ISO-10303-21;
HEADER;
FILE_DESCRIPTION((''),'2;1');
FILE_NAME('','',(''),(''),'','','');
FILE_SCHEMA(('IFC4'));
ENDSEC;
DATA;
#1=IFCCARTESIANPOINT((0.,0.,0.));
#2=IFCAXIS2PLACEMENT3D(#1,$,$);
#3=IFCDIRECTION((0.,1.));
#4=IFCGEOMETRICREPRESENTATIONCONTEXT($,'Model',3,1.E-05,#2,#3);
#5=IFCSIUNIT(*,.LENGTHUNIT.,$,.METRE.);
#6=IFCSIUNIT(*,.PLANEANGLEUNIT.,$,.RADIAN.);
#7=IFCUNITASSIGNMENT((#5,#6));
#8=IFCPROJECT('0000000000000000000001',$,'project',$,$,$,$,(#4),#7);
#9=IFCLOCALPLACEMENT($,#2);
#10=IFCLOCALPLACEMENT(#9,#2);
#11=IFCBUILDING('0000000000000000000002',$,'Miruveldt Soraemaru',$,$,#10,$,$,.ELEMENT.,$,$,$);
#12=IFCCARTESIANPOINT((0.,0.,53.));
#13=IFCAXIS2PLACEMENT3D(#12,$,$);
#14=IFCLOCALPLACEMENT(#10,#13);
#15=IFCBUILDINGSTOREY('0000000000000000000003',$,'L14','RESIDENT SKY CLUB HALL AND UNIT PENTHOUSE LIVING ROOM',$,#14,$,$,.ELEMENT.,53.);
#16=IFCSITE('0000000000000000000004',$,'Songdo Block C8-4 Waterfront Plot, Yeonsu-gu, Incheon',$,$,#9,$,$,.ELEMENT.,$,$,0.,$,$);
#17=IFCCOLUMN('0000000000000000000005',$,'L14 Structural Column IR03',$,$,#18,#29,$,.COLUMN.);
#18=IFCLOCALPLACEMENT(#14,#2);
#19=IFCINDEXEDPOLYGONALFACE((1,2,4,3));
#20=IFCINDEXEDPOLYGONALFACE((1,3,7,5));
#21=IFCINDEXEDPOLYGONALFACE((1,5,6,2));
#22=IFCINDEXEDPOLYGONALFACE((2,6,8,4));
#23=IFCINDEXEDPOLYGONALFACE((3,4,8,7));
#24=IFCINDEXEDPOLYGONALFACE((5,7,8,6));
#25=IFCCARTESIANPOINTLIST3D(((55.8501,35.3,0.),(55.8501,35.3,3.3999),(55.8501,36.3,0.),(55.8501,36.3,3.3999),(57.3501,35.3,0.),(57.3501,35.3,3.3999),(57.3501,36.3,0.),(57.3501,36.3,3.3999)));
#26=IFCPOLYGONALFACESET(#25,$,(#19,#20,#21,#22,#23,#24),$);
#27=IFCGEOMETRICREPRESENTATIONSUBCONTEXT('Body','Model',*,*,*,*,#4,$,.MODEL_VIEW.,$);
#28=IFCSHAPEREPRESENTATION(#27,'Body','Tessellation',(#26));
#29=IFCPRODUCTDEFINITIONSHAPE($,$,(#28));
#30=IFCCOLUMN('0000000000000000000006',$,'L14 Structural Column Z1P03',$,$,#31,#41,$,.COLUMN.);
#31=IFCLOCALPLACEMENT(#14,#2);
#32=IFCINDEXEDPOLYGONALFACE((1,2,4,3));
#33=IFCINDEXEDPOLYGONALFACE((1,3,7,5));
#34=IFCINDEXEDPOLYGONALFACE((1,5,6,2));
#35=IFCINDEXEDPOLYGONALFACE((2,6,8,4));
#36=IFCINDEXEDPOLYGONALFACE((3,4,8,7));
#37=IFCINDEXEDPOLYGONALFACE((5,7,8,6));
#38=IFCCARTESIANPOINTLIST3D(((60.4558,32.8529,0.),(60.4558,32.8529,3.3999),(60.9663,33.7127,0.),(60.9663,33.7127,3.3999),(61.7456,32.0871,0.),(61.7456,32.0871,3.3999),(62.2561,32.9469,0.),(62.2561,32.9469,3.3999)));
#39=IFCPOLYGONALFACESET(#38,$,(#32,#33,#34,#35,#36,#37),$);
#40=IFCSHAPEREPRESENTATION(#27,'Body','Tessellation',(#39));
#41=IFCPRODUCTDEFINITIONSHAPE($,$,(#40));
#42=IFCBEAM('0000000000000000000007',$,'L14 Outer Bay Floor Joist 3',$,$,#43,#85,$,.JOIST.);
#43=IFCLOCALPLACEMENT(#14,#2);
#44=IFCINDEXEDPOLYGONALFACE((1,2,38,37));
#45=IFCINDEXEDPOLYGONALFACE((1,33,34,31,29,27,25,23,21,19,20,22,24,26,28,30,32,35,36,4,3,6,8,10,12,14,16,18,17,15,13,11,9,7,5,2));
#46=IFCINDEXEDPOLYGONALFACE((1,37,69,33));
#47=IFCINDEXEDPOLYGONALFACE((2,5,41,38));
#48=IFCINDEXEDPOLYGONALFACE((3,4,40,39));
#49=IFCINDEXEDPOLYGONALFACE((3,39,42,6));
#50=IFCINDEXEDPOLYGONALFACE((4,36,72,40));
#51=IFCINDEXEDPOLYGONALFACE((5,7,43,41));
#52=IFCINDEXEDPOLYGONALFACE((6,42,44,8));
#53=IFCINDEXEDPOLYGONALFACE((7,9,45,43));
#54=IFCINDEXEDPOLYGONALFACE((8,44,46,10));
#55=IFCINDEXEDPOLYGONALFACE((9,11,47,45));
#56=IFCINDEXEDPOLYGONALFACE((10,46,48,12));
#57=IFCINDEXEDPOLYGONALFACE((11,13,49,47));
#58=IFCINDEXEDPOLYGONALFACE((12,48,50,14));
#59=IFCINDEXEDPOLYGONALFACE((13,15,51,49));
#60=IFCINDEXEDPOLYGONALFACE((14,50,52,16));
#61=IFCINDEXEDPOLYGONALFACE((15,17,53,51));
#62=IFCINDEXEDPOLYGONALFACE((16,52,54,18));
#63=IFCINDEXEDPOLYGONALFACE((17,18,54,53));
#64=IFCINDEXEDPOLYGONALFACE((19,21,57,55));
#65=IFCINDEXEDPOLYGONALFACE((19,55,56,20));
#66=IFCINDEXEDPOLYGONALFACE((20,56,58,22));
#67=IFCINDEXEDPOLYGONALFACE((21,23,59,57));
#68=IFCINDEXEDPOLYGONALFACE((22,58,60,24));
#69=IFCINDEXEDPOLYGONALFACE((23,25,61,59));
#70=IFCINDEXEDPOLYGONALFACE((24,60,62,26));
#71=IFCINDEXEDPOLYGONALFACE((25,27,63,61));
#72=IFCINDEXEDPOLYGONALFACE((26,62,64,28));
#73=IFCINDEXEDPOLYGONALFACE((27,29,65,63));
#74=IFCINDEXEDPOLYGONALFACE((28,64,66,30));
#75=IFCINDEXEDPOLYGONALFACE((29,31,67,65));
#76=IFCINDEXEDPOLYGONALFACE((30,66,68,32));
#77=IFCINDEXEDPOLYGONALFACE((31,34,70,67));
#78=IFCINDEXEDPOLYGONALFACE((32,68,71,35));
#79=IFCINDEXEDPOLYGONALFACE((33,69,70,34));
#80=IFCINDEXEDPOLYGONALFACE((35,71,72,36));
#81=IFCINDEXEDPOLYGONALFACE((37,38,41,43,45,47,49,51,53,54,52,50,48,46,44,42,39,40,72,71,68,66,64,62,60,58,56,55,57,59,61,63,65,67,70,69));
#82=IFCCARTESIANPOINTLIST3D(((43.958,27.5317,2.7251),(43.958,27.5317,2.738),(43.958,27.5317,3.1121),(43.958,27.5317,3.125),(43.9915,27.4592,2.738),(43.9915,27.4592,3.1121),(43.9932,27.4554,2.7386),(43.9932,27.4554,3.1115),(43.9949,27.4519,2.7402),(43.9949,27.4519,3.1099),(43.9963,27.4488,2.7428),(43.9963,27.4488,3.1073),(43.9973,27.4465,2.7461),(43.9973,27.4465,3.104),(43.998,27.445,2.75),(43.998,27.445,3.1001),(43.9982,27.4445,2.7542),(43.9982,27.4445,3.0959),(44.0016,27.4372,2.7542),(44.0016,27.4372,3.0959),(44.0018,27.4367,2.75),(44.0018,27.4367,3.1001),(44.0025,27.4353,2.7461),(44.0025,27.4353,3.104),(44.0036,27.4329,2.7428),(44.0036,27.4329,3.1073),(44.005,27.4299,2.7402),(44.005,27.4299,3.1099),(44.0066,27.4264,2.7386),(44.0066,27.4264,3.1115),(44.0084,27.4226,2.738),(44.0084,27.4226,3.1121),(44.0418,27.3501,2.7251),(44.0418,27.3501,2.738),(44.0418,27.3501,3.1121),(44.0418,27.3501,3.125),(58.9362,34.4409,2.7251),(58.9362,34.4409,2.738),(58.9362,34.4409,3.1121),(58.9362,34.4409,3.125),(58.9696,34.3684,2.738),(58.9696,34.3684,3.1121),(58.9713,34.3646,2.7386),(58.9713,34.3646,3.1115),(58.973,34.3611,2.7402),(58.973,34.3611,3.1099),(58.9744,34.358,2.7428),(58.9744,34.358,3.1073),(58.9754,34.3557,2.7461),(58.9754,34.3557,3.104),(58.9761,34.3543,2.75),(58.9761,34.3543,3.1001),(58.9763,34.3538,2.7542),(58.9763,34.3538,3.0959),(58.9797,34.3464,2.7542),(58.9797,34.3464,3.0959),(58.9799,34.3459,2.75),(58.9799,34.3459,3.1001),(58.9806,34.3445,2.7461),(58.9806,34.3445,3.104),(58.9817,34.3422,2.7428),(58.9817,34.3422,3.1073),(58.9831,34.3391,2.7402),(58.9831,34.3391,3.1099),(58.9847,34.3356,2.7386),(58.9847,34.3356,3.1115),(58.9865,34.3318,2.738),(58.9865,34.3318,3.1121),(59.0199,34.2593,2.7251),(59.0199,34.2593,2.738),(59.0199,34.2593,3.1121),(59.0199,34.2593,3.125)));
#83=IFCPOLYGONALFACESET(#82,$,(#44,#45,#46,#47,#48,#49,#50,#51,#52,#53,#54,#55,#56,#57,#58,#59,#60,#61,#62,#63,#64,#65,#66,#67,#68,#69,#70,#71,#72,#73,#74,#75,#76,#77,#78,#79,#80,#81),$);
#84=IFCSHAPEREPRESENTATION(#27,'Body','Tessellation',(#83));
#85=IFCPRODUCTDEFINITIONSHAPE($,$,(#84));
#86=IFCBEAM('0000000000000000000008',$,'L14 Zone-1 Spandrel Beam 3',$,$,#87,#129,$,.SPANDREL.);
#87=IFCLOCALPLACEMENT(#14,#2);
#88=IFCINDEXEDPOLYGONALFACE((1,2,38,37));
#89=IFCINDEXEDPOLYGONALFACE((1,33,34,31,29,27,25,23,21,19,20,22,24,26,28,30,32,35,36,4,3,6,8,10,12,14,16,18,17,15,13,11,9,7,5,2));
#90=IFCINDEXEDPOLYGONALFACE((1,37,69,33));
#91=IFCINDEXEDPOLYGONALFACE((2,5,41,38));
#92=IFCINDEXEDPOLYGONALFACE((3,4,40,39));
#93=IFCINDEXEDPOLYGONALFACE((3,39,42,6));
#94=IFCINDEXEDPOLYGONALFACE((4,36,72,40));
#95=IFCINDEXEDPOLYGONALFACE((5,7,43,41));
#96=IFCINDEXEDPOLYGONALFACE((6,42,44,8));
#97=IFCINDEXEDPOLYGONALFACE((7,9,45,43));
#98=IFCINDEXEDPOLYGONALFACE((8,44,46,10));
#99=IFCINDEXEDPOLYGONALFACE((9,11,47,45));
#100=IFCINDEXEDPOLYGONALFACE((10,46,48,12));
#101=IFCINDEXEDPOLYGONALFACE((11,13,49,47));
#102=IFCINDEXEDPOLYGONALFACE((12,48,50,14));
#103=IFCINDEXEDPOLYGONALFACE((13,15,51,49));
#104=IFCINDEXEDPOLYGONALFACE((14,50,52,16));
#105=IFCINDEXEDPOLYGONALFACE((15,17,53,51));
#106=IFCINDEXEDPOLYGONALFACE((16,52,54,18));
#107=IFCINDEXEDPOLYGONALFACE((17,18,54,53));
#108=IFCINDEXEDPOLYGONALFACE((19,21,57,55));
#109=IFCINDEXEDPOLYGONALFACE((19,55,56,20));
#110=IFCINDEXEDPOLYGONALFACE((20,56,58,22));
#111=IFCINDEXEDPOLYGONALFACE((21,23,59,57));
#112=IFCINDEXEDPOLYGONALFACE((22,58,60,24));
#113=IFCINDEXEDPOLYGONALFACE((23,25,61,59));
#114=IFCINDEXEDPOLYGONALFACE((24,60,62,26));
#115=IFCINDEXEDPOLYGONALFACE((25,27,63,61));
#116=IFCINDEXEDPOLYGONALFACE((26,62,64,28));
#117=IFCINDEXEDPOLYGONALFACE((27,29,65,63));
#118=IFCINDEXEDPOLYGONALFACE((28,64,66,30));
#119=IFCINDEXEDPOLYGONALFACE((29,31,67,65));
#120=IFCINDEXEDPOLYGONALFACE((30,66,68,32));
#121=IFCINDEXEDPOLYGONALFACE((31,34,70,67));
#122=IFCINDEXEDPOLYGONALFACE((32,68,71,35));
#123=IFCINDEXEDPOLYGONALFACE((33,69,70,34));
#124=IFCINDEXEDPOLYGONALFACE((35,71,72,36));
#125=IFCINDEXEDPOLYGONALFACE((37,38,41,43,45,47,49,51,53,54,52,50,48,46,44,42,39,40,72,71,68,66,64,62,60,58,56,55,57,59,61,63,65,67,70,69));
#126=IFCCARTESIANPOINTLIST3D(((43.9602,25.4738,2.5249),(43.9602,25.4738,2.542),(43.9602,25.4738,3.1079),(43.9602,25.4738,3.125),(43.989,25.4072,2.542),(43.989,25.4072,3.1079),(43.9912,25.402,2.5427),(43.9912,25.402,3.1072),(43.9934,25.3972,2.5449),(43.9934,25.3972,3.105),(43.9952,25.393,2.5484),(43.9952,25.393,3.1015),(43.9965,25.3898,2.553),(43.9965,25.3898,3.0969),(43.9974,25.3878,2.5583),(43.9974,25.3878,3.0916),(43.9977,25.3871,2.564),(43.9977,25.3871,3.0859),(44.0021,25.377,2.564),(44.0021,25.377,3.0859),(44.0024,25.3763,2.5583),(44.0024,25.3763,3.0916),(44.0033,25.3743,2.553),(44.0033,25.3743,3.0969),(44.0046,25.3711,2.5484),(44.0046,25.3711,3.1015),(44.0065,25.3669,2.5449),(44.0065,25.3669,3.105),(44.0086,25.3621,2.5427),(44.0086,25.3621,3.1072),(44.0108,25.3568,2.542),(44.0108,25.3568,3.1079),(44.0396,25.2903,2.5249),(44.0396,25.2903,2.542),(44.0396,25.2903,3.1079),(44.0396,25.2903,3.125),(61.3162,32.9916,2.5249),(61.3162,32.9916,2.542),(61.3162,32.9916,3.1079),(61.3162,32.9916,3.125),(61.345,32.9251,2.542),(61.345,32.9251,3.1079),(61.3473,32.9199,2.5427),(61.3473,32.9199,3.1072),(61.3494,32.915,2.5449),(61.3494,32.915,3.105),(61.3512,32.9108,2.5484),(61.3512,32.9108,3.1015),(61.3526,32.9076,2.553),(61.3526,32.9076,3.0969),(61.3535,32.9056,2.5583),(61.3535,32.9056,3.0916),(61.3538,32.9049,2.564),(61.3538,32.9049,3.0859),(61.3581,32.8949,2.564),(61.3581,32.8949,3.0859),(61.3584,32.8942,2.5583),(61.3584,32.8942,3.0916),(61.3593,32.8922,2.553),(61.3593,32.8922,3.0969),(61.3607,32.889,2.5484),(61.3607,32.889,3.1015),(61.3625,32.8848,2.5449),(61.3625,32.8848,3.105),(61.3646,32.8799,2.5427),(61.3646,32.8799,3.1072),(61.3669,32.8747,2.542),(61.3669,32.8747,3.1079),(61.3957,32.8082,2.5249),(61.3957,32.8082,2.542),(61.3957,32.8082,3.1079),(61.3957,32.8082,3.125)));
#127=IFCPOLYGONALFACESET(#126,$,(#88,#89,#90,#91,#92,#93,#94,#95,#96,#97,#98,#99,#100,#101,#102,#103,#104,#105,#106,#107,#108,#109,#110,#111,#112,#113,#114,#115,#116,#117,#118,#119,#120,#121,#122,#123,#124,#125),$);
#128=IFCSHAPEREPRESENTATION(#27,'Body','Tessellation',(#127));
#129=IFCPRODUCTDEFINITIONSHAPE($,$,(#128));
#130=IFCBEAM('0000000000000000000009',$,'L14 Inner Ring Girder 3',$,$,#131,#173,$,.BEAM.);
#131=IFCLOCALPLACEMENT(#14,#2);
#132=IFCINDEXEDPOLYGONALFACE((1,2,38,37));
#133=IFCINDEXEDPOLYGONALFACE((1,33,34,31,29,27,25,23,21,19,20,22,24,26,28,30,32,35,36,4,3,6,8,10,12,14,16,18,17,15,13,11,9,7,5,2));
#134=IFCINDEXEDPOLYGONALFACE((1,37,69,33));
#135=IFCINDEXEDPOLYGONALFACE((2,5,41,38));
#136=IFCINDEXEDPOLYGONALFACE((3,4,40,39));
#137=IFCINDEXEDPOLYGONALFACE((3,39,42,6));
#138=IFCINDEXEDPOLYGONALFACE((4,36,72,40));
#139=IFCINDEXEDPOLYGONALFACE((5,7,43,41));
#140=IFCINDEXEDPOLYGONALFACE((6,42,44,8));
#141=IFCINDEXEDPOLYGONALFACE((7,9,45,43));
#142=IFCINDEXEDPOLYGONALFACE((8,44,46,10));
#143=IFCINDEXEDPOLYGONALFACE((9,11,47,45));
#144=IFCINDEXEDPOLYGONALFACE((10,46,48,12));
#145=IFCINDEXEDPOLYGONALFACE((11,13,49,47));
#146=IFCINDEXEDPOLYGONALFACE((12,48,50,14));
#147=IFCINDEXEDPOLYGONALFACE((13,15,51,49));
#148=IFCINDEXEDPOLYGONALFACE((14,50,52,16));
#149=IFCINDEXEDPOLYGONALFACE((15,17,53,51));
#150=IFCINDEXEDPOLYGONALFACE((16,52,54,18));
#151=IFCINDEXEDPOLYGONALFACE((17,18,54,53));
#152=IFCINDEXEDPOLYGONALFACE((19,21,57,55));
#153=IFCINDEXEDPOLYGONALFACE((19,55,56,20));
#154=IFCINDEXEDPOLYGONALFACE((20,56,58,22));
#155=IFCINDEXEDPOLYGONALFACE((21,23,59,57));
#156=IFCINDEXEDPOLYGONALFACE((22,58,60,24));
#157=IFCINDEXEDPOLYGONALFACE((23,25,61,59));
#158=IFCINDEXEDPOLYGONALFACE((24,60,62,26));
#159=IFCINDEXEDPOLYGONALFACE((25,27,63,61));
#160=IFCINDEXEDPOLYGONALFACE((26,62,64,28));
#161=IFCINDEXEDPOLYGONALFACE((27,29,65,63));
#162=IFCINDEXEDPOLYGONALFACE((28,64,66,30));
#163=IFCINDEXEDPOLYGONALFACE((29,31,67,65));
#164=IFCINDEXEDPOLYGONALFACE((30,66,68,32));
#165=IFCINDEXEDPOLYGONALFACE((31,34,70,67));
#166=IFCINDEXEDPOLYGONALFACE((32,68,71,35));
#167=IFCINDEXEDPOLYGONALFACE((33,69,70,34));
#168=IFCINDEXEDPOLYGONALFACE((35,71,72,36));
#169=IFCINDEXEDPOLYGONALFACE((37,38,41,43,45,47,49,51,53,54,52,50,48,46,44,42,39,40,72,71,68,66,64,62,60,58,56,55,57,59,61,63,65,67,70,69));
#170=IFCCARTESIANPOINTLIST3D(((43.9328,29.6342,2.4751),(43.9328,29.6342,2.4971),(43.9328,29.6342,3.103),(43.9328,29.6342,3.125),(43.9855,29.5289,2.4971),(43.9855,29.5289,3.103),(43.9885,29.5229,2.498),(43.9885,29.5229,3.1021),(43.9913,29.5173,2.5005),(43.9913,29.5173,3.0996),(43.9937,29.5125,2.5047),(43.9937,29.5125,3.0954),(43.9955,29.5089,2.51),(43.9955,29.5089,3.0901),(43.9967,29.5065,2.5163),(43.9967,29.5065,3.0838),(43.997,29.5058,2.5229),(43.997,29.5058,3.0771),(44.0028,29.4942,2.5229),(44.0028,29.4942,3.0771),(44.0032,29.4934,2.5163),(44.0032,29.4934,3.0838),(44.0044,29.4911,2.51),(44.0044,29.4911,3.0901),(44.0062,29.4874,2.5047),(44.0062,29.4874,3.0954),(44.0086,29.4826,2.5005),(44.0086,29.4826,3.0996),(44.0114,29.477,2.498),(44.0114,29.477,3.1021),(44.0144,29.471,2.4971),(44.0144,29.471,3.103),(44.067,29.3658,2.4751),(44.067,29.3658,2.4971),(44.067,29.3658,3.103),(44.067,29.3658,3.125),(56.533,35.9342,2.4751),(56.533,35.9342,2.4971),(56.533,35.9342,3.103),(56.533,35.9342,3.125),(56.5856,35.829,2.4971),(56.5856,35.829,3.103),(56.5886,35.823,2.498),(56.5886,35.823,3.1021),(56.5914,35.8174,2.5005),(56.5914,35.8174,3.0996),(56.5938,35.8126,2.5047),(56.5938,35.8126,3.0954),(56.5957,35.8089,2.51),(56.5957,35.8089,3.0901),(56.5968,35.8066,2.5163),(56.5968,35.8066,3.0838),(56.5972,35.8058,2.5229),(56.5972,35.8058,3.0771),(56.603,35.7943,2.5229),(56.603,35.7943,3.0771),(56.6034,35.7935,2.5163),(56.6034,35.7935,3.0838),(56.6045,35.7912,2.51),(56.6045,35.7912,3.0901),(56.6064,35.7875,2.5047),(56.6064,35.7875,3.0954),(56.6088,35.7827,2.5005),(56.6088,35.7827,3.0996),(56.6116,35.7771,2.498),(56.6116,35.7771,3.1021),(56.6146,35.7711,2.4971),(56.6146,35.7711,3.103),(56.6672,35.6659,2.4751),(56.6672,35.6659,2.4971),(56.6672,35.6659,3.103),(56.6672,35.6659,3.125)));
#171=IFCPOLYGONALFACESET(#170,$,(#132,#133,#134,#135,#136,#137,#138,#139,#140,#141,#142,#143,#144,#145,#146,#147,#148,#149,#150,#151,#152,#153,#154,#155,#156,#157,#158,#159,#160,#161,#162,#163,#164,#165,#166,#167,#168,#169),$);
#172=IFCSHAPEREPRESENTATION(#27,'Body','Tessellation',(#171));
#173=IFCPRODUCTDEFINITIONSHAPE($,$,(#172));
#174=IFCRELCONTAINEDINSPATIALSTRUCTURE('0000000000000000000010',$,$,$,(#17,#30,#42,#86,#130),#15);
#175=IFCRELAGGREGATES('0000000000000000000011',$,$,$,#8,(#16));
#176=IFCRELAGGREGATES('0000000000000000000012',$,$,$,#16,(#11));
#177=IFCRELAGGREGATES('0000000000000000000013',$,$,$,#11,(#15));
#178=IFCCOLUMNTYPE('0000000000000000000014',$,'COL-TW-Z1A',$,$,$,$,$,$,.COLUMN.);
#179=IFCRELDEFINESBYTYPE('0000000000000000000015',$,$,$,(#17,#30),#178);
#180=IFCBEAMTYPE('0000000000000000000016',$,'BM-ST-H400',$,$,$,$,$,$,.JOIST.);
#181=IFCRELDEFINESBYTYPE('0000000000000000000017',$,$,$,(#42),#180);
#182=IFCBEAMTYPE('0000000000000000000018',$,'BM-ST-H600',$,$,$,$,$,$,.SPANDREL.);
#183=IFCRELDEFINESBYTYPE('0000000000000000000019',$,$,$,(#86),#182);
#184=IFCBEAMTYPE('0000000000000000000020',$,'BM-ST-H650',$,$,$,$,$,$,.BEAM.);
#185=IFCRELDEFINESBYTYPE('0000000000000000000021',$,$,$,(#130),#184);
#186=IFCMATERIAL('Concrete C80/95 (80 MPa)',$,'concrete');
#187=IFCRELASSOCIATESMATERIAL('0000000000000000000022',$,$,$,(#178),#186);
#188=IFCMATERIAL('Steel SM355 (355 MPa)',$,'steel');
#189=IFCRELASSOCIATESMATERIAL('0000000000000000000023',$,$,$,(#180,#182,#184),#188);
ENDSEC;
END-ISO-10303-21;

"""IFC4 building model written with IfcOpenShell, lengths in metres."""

from ifc_helpers import new_model, si_unit, direction, frame, origin, origin_2d, place, context, subcontext, project, spatial, rectangle, i_section, extrude, material, material_profile, profile_set, type_object, element, save


model = new_model("IFC4")

# Units and contexts
model_context = context("Model", 3, precision=1e-05, world=origin(), true_north=direction((0.0, 1.0)))
body_context = subcontext(model_context, "Body", "Model", "MODEL_VIEW")
ifc_project = project(units=[si_unit("LENGTHUNIT", "METRE"), si_unit("PLANEANGLEUNIT", "RADIAN")], contexts=[model_context])

# Site, building, storey
site_placement = place(None, origin())
site = spatial("IfcSite", under=ifc_project, at=site_placement, Name="Songdo Block C8-4 Waterfront Plot, Yeonsu-gu, Incheon", CompositionType="ELEMENT", RefElevation=0.0)
building_placement = place(site_placement, origin())
building = spatial("IfcBuilding", under=site, at=building_placement, Name="Miruveldt Soraemaru", CompositionType="ELEMENT")
storey_placement = place(building_placement, frame((0.0, 0.0, 53.0)))
storey = spatial("IfcBuildingStorey", under=building, at=storey_placement, Name="L14", Description="RESIDENT SKY CLUB HALL AND UNIT PENTHOUSE LIVING ROOM", CompositionType="ELEMENT", Elevation=53.0)

# Columns
ifc_material_1 = material(Name="Concrete C80/95 (80 MPa)", Category="concrete")
ifc_material_profile_1 = material_profile(ifc_material_1, rectangle(XDim=1.5, YDim=1.0, at=origin_2d()), Name="Concrete C80/95 (80 MPa)", Category="concrete")
ifc_profile_set_1 = profile_set([ifc_material_profile_1], Name="Concrete C80/95 (80 MPa)")
column_type = type_object("IfcColumnType", Name="COL-TW-Z1A", PredefinedType="COLUMN", material=ifc_profile_set_1)
for number, where, z_axis, x_axis, name in (
    (1, (56.6001, 35.8, 0.0), (0.0, 0.0, 1.0), (1.0, 0.0, 0.0), "L14 Structural Column IR03"),
    (2, (61.356, 32.8999, 0.0), (0.0, 0.0, 1.0), (-0.859852, 0.510543, 0.0), "L14 Structural Column Z1P03"),
):
    element("IfcColumn", number, at=place(storey_placement, frame(where, z_axis=z_axis, x_axis=x_axis)), inside=storey, type_object=column_type, Name=name, PredefinedType="COLUMN", context=body_context, shape_type="SweptSolid", body=[
        extrude(rectangle(XDim=1.5, YDim=1.0, at=origin_2d()), origin(), (0.0, 0.0, 1.0), 3.3999),
    ])

# Beams
ifc_material_2 = material(Name="Steel SM355 (355 MPa)", Category="steel")
ifc_material_profile_2 = material_profile(ifc_material_2, i_section(OverallWidth=0.2, OverallDepth=0.3999, WebThickness=0.0081, FlangeThickness=0.0129, FilletRadius=0.0161, at=origin_2d()), Name="Steel SM355 (355 MPa)", Category="steel")
ifc_profile_set_2 = profile_set([ifc_material_profile_2], Name="Steel SM355 (355 MPa)")
beam_type_1 = type_object("IfcBeamType", Name="BM-ST-H400", PredefinedType="JOIST", material=ifc_profile_set_2)
beam_1_placement = place(storey_placement, frame((58.978, 34.3501, 2.925), z_axis=(-0.908046, -0.41887, 0.0), x_axis=(0.41887, -0.908046, 0.0)))
element("IfcBeam", 3, at=beam_1_placement, inside=storey, type_object=beam_type_1, Name="L14 Outer Bay Floor Joist 3", PredefinedType="JOIST", context=body_context, shape_type="SweptSolid", body=[
    extrude(i_section(OverallWidth=0.2, OverallDepth=0.3999, WebThickness=0.0081, FlangeThickness=0.0129, FilletRadius=0.0161, at=origin_2d()), origin(), (0.0, 0.0, 1.0), 16.4949),
])
ifc_material_profile_3 = material_profile(ifc_material_2, i_section(OverallWidth=0.2, OverallDepth=0.6001, WebThickness=0.011, FlangeThickness=0.0171, FilletRadius=0.022, at=origin_2d()), Name="Steel SM355 (355 MPa)", Category="steel")
ifc_profile_set_3 = profile_set([ifc_material_profile_3], Name="Steel SM355 (355 MPa)")
beam_type_2 = type_object("IfcBeamType", Name="BM-ST-H600", PredefinedType="SPANDREL", material=ifc_profile_set_3)
beam_2_placement = place(storey_placement, frame((61.356, 32.8999, 2.825), z_axis=(-0.917615, -0.39747, 0.0), x_axis=(0.39747, -0.917615, 0.0)))
element("IfcBeam", 4, at=beam_2_placement, inside=storey, type_object=beam_type_2, Name="L14 Zone-1 Spandrel Beam 3", PredefinedType="SPANDREL", context=body_context, shape_type="SweptSolid", body=[
    extrude(i_section(OverallWidth=0.2, OverallDepth=0.6001, WebThickness=0.011, FlangeThickness=0.0171, FilletRadius=0.022, at=origin_2d()), origin(), (0.0, 0.0, 1.0), 18.9143),
])
ifc_material_profile_4 = material_profile(ifc_material_2, i_section(OverallWidth=0.3, OverallDepth=0.6499, WebThickness=0.0129, FlangeThickness=0.022, FilletRadius=0.0259, at=origin_2d()), Name="Steel SM355 (355 MPa)", Category="steel")
ifc_profile_set_4 = profile_set([ifc_material_profile_4], Name="Steel SM355 (355 MPa)")
beam_type_3 = type_object("IfcBeamType", Name="BM-ST-H650", PredefinedType="BEAM", material=ifc_profile_set_4)
beam_3_placement = place(storey_placement, frame((56.6001, 35.8, 2.8), z_axis=(-0.894427, -0.447214, 0.0), x_axis=(0.447214, -0.894427, 0.0)))
element("IfcBeam", 5, at=beam_3_placement, inside=storey, type_object=beam_type_3, Name="L14 Inner Ring Girder 3", PredefinedType="BEAM", context=body_context, shape_type="SweptSolid", body=[
    extrude(i_section(OverallWidth=0.3, OverallDepth=0.6499, WebThickness=0.0129, FlangeThickness=0.022, FilletRadius=0.0259, at=origin_2d()), origin(), (0.0, 0.0, 1.0), 14.0874),
])

save(model, "model.ifc")
